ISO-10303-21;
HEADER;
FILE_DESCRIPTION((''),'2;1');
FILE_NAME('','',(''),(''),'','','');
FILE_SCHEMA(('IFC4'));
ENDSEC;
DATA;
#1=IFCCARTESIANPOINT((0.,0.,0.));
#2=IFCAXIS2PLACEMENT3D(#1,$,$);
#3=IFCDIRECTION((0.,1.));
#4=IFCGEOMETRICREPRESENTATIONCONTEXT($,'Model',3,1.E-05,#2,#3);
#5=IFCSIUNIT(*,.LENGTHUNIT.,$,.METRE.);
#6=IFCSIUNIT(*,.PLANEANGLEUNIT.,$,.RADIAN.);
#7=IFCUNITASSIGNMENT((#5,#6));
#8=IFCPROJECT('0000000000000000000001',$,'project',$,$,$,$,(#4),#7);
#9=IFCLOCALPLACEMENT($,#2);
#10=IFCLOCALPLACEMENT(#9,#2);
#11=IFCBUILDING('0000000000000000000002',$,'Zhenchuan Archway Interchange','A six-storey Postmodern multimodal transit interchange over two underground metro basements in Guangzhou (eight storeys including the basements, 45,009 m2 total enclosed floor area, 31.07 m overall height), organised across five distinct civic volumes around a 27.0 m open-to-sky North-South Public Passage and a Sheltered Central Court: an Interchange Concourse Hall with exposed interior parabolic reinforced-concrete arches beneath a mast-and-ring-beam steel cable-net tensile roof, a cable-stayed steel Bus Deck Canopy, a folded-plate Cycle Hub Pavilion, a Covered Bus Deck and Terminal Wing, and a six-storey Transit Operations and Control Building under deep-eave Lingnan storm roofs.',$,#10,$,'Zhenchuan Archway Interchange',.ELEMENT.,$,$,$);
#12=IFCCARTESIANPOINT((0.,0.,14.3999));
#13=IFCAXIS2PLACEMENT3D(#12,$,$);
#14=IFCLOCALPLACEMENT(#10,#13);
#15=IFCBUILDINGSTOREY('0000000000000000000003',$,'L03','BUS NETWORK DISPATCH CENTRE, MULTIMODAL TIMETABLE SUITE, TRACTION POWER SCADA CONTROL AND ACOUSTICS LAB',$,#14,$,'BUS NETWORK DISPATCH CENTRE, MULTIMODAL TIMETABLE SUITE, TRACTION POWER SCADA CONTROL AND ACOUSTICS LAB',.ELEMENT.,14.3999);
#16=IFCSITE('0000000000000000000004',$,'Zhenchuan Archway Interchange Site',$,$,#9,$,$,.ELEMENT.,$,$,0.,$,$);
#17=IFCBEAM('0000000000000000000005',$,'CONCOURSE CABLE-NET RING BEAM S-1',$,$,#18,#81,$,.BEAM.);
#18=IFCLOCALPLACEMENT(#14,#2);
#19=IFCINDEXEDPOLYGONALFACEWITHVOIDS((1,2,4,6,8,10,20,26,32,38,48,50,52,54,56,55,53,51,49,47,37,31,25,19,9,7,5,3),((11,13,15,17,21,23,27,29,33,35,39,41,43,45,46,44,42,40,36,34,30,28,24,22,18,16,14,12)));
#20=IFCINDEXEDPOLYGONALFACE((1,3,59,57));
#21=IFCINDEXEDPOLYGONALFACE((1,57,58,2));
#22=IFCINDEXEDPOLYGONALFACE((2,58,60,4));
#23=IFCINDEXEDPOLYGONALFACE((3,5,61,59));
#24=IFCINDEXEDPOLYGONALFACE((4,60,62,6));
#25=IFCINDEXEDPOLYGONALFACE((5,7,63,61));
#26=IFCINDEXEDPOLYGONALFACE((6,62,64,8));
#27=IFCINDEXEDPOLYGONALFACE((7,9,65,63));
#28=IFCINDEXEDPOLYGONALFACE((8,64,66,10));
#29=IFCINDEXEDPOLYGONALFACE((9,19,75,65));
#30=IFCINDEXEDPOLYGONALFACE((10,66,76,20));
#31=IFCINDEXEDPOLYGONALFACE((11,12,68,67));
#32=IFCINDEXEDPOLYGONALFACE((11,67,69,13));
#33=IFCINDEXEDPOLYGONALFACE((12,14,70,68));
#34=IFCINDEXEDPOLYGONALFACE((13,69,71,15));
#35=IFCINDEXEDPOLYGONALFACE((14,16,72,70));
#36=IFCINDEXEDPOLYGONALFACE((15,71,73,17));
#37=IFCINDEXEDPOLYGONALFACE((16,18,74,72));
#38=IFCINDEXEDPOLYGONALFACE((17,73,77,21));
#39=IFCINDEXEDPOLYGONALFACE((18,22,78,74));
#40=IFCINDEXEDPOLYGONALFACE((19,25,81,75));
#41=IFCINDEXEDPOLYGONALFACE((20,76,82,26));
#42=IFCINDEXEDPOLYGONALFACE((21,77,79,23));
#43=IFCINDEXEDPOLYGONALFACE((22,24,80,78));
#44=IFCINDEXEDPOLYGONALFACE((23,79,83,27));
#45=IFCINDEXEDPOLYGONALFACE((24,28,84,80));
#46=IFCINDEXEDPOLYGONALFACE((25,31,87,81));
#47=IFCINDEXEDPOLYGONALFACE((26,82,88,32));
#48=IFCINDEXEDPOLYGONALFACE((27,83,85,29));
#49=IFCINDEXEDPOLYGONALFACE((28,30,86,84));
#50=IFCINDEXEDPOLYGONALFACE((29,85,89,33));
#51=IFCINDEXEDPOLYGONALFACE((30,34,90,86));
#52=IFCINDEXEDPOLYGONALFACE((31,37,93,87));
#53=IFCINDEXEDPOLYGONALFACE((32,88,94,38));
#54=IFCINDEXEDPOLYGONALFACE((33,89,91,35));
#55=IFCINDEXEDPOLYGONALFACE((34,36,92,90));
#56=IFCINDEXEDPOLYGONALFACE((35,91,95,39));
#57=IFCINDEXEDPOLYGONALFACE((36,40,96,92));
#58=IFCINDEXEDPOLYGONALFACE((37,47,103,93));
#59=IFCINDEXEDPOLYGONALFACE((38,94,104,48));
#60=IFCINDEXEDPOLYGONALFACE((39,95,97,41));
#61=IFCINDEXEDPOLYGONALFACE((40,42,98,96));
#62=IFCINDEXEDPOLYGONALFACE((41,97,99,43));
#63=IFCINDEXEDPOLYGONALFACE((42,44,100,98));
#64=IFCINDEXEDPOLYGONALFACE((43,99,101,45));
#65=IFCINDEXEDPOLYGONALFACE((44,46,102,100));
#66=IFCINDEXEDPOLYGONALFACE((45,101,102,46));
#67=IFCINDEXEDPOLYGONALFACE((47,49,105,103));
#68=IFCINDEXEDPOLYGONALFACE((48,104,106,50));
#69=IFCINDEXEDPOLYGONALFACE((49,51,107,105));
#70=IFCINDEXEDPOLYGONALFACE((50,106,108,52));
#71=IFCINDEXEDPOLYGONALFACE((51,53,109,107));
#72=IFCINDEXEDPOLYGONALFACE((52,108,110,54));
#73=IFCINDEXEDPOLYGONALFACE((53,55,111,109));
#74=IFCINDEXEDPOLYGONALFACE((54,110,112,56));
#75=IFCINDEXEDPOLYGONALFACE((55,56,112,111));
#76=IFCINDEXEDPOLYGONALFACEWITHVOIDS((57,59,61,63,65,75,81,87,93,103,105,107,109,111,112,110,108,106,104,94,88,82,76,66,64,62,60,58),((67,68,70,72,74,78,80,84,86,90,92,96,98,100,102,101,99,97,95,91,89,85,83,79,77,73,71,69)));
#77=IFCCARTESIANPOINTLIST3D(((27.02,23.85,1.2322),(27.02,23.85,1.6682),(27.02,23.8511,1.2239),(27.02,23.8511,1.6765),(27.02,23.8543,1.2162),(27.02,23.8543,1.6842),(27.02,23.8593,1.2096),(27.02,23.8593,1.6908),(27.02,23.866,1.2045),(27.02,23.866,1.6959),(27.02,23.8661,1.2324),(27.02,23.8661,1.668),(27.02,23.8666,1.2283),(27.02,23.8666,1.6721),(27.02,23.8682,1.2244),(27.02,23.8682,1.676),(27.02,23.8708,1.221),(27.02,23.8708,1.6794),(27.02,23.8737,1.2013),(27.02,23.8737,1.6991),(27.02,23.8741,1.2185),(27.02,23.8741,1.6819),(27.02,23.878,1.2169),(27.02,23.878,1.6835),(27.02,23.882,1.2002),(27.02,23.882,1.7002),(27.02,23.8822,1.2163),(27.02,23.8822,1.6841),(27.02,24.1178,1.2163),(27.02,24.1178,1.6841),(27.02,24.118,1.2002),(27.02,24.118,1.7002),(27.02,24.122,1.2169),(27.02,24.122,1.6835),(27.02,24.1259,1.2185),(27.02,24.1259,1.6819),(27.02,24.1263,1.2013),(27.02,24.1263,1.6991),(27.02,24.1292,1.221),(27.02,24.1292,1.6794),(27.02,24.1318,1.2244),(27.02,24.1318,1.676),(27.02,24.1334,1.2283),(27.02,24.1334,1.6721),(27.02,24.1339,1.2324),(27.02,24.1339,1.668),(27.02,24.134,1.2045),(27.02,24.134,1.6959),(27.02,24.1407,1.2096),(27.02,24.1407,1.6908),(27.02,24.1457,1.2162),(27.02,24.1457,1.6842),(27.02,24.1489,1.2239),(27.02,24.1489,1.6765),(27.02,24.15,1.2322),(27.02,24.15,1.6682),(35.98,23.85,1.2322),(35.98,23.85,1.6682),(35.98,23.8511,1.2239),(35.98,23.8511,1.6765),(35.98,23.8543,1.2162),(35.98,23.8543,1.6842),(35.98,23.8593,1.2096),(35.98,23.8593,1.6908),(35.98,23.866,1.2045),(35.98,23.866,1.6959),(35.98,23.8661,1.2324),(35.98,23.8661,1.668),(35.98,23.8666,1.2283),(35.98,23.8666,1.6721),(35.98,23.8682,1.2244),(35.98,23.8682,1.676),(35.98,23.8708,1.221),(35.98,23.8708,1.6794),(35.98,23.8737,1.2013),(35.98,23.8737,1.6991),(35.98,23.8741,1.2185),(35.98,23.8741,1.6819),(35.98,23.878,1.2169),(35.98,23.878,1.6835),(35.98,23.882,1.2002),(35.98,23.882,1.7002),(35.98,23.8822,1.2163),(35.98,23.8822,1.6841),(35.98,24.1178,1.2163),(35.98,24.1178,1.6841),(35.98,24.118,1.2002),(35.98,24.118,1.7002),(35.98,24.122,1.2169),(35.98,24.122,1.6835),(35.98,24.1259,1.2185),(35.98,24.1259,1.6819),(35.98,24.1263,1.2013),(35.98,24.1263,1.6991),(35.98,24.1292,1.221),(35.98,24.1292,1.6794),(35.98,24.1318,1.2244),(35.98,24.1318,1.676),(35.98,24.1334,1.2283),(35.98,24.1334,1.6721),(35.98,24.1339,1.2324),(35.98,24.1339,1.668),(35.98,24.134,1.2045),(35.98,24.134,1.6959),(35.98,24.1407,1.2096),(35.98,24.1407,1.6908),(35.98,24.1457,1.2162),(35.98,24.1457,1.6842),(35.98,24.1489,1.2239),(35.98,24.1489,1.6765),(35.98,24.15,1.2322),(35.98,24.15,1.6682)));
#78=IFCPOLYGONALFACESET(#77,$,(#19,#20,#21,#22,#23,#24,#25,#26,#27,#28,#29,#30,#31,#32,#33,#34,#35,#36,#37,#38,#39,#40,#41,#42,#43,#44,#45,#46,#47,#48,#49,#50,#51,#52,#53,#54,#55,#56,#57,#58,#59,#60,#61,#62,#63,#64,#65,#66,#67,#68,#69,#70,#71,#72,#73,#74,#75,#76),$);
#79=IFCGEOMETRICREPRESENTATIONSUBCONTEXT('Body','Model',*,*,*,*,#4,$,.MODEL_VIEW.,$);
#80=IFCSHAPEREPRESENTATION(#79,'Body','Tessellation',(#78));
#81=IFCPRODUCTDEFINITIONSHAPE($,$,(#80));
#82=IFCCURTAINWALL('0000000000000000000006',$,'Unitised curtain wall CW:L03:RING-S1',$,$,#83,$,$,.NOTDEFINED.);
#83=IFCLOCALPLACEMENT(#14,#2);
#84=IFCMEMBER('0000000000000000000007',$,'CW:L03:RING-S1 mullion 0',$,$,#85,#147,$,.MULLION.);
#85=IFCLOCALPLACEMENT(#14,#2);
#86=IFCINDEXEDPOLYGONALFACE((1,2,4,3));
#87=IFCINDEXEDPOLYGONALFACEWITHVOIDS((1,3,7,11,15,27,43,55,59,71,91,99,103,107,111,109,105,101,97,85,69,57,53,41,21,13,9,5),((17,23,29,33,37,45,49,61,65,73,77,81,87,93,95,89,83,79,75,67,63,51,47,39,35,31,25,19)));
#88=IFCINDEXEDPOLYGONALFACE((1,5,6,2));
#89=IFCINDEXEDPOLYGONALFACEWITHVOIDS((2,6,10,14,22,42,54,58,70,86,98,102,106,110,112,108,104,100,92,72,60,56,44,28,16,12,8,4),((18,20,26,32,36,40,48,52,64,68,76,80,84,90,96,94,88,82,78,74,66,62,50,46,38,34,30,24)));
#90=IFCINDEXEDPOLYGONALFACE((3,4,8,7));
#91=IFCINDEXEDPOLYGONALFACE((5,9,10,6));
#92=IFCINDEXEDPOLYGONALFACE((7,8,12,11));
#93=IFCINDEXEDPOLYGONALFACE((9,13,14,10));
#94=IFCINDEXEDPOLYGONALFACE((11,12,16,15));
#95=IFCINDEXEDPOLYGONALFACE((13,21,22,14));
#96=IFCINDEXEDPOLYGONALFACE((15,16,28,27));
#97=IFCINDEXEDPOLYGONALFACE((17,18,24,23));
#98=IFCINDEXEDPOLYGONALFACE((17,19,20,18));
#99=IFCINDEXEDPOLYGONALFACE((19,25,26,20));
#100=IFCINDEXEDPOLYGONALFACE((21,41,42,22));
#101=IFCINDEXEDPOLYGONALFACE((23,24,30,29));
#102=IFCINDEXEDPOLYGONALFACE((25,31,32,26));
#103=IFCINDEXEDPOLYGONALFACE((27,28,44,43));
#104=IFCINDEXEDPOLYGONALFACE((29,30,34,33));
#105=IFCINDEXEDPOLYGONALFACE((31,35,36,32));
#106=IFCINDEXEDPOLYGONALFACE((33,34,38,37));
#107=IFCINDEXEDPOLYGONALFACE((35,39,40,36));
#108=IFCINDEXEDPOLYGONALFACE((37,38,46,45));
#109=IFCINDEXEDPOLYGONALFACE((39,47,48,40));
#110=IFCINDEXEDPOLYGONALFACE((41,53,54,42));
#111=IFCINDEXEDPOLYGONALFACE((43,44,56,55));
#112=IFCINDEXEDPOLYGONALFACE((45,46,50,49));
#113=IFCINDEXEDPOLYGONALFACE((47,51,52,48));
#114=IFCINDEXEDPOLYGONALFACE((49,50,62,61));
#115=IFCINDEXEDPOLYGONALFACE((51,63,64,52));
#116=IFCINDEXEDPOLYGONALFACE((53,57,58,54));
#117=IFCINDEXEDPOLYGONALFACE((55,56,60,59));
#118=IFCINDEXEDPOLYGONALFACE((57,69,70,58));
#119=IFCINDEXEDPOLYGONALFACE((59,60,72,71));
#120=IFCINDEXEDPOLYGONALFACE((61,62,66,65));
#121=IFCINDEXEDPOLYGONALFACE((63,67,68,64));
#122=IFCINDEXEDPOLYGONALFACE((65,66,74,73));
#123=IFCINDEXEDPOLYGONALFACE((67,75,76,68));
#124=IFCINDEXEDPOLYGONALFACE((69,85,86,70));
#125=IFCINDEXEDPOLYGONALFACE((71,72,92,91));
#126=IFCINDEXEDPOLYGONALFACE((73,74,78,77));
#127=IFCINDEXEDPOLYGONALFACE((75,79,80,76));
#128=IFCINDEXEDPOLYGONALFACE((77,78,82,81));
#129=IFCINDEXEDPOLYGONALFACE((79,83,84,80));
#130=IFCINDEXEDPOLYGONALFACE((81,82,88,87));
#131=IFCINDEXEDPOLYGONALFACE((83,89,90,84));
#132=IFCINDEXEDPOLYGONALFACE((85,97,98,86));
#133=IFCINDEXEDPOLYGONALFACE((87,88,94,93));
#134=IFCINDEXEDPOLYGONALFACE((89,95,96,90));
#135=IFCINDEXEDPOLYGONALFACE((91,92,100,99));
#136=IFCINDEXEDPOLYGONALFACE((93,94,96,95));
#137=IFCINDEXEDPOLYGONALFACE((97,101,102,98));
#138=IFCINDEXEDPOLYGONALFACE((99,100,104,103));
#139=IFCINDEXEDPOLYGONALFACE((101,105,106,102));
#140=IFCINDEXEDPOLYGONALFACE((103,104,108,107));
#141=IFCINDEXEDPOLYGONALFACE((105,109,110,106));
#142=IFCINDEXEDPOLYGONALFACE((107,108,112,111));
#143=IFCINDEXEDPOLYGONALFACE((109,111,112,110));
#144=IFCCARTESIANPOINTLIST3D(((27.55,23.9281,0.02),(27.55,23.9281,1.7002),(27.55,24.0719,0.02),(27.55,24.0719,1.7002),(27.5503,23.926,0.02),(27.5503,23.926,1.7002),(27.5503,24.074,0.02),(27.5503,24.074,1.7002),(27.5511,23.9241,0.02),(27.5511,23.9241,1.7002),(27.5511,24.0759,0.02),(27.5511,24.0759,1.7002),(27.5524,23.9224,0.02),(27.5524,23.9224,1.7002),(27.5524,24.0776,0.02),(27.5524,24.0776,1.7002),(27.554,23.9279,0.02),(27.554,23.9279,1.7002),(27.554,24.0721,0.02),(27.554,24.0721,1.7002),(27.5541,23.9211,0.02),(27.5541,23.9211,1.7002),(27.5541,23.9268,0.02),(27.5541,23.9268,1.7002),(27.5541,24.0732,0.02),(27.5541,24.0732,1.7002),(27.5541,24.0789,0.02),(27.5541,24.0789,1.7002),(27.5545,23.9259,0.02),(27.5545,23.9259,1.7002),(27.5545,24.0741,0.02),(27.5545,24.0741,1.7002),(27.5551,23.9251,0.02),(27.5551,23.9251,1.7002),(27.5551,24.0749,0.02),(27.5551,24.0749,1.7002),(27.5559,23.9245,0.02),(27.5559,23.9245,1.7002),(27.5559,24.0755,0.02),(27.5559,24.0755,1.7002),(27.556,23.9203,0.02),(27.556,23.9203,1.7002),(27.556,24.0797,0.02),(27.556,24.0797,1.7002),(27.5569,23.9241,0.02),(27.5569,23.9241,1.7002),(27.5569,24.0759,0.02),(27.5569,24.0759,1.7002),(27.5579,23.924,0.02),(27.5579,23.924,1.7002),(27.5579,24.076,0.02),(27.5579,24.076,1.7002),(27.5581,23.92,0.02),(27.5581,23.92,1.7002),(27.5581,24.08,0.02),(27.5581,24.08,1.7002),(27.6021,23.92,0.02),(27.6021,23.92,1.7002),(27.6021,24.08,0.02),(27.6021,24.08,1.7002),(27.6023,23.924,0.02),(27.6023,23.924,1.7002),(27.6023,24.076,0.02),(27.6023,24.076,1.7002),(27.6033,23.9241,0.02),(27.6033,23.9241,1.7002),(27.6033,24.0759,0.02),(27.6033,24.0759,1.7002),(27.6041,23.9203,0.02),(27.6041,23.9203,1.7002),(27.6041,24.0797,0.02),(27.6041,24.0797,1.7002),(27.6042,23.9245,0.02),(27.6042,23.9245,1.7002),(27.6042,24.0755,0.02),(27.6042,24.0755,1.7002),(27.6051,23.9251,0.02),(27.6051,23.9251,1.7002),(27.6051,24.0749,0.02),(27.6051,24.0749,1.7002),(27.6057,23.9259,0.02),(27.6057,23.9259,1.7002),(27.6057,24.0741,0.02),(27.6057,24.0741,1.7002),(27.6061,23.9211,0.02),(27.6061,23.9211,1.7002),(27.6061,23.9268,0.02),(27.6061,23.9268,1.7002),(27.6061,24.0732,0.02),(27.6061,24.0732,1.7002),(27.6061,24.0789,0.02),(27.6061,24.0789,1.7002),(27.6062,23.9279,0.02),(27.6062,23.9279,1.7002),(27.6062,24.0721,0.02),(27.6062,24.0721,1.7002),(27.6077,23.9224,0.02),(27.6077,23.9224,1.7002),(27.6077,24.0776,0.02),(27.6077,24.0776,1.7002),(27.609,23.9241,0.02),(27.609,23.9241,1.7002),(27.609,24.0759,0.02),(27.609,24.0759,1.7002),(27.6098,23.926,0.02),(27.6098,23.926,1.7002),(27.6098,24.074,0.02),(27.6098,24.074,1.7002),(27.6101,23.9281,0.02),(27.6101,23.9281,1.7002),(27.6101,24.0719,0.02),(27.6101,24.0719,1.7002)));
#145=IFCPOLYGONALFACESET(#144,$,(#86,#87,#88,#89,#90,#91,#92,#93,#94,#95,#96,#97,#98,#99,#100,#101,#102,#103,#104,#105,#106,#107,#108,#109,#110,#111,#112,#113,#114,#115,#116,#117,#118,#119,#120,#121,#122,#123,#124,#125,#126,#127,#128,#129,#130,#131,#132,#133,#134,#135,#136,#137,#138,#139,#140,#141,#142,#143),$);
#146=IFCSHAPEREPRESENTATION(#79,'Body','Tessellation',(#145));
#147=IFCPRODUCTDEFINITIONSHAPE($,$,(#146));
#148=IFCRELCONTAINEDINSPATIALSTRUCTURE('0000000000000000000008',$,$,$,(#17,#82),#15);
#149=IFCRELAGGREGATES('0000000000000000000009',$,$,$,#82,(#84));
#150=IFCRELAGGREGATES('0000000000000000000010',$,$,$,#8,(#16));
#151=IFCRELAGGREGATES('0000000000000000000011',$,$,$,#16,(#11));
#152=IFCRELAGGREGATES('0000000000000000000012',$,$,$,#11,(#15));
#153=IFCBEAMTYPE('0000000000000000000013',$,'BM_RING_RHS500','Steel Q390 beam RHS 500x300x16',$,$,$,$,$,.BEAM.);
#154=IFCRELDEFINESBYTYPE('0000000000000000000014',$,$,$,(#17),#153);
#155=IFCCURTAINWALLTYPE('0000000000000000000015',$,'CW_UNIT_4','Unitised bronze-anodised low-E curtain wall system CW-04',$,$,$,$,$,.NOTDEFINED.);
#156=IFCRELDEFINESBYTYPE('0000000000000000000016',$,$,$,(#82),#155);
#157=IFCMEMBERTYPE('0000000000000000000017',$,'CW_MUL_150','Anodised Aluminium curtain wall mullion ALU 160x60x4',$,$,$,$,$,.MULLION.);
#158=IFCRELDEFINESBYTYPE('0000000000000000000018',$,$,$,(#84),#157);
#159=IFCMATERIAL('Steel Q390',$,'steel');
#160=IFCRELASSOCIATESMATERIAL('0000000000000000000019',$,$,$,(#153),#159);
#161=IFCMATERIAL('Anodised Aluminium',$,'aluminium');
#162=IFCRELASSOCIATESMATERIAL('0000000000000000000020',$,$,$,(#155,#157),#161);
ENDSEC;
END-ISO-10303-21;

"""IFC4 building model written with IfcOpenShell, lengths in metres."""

from ifc_helpers import new_model, si_unit, direction, frame, origin, origin_2d, place, context, subcontext, project, spatial, hollow_rectangle, extrude, material, material_profile, profile_set, type_object, element, aggregate, save


model = new_model("IFC4")

# Units and contexts
model_context = context("Model", 3, precision=1e-05, world=origin(), true_north=direction((0.0, 1.0)))
body_context = subcontext(model_context, "Body", "Model", "MODEL_VIEW")
ifc_project = project(units=[si_unit("LENGTHUNIT", "METRE"), si_unit("PLANEANGLEUNIT", "RADIAN")], contexts=[model_context])

# Site, building, storey
site_placement = place(None, origin())
site = spatial("IfcSite", under=ifc_project, at=site_placement, Name="Zhenchuan Archway Interchange Site", CompositionType="ELEMENT", RefElevation=0.0)
building_placement = place(site_placement, origin())
building = spatial("IfcBuilding", under=site, at=building_placement, Name="Zhenchuan Archway Interchange", Description="A six-storey Postmodern multimodal transit interchange over two underground metro basements in Guangzhou (eight storeys including the basements, 45,009 m2 total enclosed floor area, 31.07 m overall height), organised across five distinct civic volumes around a 27.0 m open-to-sky North-South Public Passage and a Sheltered Central Court: an Interchange Concourse Hall with exposed interior parabolic reinforced-concrete arches beneath a mast-and-ring-beam steel cable-net tensile roof, a cable-stayed steel Bus Deck Canopy, a folded-plate Cycle Hub Pavilion, a Covered Bus Deck and Terminal Wing, and a six-storey Transit Operations and Control Building under deep-eave Lingnan storm roofs.", LongName="Zhenchuan Archway Interchange", CompositionType="ELEMENT")
storey_placement = place(building_placement, frame((0.0, 0.0, 14.3999)))
storey = spatial("IfcBuildingStorey", under=building, at=storey_placement, Name="L03", Description="BUS NETWORK DISPATCH CENTRE, MULTIMODAL TIMETABLE SUITE, TRACTION POWER SCADA CONTROL AND ACOUSTICS LAB", LongName="BUS NETWORK DISPATCH CENTRE, MULTIMODAL TIMETABLE SUITE, TRACTION POWER SCADA CONTROL AND ACOUSTICS LAB", CompositionType="ELEMENT", Elevation=14.3999)

# Beam
ifc_material_1 = material(Name="Steel Q390", Category="steel")
ifc_material_profile_1 = material_profile(ifc_material_1, hollow_rectangle(XDim=0.3, YDim=0.5, WallThickness=0.0161, InnerFilletRadius=0.0161, OuterFilletRadius=0.032, at=origin_2d()), Name="RHS 500x300x16")
ifc_profile_set_1 = profile_set([ifc_material_profile_1], Name="Steel Q390")
beam_type = type_object("IfcBeamType", Name="BM_RING_RHS500", Description="Steel Q390 beam RHS 500x300x16", PredefinedType="BEAM", material=ifc_profile_set_1)
beam_placement = place(storey_placement, frame((27.02, 24.0, 1.4502), z_axis=(1.0, 0.0, 0.0), x_axis=(0.0, 1.0, 0.0)))
element("IfcBeam", 1, at=beam_placement, inside=storey, type_object=beam_type, Name="CONCOURSE CABLE-NET RING BEAM S-1", PredefinedType="BEAM", context=body_context, shape_type="SweptSolid", body=[
    extrude(hollow_rectangle(XDim=0.3, YDim=0.5, WallThickness=0.0161, InnerFilletRadius=0.0161, OuterFilletRadius=0.032, at=origin_2d()), origin(), (0.0, 0.0, 1.0), 8.96),
])

# Curtain wall, member
ifc_material_2 = material(Name="Anodised Aluminium", Category="aluminium")
curtain_wall_type = type_object("IfcCurtainWallType", Name="CW_UNIT_4", Description="Unitised bronze-anodised low-E curtain wall system CW-04", PredefinedType="NOTDEFINED", material=ifc_material_2)
curtain_wall_placement = place(storey_placement, origin())
curtain_wall = element("IfcCurtainWall", 2, at=curtain_wall_placement, inside=storey, type_object=curtain_wall_type, Name="Unitised curtain wall CW:L03:RING-S1", PredefinedType="NOTDEFINED")
ifc_material_profile_2 = material_profile(ifc_material_2, hollow_rectangle(XDim=0.0601, YDim=0.1599, WallThickness=0.0039, InnerFilletRadius=0.0039, OuterFilletRadius=0.0081, at=origin_2d()), Name="ALU 160x60x4")
ifc_profile_set_2 = profile_set([ifc_material_profile_2], Name="Anodised Aluminium")
member_type_1 = type_object("IfcMemberType", Name="CW_MUL_150", Description="Anodised Aluminium curtain wall mullion ALU 160x60x4", PredefinedType="MULLION", material=ifc_profile_set_2)
member_1_placement = place(storey_placement, frame((27.5801, 24.0, 0.02), z_axis=(0.0, 0.0, 1.0), x_axis=(1.0, 0.0, 0.0)))
member_1 = element("IfcMember", 3, at=member_1_placement, type_object=member_type_1, Name="CW:L03:RING-S1 mullion 0", PredefinedType="MULLION", context=body_context, shape_type="SweptSolid", body=[
    extrude(hollow_rectangle(XDim=0.0601, YDim=0.1599, WallThickness=0.0039, InnerFilletRadius=0.0039, OuterFilletRadius=0.0081, at=origin_2d()), origin(), (0.0, 0.0, 1.0), 1.6802),
])

aggregate(curtain_wall, [member_1])

save(model, "model.ifc")
